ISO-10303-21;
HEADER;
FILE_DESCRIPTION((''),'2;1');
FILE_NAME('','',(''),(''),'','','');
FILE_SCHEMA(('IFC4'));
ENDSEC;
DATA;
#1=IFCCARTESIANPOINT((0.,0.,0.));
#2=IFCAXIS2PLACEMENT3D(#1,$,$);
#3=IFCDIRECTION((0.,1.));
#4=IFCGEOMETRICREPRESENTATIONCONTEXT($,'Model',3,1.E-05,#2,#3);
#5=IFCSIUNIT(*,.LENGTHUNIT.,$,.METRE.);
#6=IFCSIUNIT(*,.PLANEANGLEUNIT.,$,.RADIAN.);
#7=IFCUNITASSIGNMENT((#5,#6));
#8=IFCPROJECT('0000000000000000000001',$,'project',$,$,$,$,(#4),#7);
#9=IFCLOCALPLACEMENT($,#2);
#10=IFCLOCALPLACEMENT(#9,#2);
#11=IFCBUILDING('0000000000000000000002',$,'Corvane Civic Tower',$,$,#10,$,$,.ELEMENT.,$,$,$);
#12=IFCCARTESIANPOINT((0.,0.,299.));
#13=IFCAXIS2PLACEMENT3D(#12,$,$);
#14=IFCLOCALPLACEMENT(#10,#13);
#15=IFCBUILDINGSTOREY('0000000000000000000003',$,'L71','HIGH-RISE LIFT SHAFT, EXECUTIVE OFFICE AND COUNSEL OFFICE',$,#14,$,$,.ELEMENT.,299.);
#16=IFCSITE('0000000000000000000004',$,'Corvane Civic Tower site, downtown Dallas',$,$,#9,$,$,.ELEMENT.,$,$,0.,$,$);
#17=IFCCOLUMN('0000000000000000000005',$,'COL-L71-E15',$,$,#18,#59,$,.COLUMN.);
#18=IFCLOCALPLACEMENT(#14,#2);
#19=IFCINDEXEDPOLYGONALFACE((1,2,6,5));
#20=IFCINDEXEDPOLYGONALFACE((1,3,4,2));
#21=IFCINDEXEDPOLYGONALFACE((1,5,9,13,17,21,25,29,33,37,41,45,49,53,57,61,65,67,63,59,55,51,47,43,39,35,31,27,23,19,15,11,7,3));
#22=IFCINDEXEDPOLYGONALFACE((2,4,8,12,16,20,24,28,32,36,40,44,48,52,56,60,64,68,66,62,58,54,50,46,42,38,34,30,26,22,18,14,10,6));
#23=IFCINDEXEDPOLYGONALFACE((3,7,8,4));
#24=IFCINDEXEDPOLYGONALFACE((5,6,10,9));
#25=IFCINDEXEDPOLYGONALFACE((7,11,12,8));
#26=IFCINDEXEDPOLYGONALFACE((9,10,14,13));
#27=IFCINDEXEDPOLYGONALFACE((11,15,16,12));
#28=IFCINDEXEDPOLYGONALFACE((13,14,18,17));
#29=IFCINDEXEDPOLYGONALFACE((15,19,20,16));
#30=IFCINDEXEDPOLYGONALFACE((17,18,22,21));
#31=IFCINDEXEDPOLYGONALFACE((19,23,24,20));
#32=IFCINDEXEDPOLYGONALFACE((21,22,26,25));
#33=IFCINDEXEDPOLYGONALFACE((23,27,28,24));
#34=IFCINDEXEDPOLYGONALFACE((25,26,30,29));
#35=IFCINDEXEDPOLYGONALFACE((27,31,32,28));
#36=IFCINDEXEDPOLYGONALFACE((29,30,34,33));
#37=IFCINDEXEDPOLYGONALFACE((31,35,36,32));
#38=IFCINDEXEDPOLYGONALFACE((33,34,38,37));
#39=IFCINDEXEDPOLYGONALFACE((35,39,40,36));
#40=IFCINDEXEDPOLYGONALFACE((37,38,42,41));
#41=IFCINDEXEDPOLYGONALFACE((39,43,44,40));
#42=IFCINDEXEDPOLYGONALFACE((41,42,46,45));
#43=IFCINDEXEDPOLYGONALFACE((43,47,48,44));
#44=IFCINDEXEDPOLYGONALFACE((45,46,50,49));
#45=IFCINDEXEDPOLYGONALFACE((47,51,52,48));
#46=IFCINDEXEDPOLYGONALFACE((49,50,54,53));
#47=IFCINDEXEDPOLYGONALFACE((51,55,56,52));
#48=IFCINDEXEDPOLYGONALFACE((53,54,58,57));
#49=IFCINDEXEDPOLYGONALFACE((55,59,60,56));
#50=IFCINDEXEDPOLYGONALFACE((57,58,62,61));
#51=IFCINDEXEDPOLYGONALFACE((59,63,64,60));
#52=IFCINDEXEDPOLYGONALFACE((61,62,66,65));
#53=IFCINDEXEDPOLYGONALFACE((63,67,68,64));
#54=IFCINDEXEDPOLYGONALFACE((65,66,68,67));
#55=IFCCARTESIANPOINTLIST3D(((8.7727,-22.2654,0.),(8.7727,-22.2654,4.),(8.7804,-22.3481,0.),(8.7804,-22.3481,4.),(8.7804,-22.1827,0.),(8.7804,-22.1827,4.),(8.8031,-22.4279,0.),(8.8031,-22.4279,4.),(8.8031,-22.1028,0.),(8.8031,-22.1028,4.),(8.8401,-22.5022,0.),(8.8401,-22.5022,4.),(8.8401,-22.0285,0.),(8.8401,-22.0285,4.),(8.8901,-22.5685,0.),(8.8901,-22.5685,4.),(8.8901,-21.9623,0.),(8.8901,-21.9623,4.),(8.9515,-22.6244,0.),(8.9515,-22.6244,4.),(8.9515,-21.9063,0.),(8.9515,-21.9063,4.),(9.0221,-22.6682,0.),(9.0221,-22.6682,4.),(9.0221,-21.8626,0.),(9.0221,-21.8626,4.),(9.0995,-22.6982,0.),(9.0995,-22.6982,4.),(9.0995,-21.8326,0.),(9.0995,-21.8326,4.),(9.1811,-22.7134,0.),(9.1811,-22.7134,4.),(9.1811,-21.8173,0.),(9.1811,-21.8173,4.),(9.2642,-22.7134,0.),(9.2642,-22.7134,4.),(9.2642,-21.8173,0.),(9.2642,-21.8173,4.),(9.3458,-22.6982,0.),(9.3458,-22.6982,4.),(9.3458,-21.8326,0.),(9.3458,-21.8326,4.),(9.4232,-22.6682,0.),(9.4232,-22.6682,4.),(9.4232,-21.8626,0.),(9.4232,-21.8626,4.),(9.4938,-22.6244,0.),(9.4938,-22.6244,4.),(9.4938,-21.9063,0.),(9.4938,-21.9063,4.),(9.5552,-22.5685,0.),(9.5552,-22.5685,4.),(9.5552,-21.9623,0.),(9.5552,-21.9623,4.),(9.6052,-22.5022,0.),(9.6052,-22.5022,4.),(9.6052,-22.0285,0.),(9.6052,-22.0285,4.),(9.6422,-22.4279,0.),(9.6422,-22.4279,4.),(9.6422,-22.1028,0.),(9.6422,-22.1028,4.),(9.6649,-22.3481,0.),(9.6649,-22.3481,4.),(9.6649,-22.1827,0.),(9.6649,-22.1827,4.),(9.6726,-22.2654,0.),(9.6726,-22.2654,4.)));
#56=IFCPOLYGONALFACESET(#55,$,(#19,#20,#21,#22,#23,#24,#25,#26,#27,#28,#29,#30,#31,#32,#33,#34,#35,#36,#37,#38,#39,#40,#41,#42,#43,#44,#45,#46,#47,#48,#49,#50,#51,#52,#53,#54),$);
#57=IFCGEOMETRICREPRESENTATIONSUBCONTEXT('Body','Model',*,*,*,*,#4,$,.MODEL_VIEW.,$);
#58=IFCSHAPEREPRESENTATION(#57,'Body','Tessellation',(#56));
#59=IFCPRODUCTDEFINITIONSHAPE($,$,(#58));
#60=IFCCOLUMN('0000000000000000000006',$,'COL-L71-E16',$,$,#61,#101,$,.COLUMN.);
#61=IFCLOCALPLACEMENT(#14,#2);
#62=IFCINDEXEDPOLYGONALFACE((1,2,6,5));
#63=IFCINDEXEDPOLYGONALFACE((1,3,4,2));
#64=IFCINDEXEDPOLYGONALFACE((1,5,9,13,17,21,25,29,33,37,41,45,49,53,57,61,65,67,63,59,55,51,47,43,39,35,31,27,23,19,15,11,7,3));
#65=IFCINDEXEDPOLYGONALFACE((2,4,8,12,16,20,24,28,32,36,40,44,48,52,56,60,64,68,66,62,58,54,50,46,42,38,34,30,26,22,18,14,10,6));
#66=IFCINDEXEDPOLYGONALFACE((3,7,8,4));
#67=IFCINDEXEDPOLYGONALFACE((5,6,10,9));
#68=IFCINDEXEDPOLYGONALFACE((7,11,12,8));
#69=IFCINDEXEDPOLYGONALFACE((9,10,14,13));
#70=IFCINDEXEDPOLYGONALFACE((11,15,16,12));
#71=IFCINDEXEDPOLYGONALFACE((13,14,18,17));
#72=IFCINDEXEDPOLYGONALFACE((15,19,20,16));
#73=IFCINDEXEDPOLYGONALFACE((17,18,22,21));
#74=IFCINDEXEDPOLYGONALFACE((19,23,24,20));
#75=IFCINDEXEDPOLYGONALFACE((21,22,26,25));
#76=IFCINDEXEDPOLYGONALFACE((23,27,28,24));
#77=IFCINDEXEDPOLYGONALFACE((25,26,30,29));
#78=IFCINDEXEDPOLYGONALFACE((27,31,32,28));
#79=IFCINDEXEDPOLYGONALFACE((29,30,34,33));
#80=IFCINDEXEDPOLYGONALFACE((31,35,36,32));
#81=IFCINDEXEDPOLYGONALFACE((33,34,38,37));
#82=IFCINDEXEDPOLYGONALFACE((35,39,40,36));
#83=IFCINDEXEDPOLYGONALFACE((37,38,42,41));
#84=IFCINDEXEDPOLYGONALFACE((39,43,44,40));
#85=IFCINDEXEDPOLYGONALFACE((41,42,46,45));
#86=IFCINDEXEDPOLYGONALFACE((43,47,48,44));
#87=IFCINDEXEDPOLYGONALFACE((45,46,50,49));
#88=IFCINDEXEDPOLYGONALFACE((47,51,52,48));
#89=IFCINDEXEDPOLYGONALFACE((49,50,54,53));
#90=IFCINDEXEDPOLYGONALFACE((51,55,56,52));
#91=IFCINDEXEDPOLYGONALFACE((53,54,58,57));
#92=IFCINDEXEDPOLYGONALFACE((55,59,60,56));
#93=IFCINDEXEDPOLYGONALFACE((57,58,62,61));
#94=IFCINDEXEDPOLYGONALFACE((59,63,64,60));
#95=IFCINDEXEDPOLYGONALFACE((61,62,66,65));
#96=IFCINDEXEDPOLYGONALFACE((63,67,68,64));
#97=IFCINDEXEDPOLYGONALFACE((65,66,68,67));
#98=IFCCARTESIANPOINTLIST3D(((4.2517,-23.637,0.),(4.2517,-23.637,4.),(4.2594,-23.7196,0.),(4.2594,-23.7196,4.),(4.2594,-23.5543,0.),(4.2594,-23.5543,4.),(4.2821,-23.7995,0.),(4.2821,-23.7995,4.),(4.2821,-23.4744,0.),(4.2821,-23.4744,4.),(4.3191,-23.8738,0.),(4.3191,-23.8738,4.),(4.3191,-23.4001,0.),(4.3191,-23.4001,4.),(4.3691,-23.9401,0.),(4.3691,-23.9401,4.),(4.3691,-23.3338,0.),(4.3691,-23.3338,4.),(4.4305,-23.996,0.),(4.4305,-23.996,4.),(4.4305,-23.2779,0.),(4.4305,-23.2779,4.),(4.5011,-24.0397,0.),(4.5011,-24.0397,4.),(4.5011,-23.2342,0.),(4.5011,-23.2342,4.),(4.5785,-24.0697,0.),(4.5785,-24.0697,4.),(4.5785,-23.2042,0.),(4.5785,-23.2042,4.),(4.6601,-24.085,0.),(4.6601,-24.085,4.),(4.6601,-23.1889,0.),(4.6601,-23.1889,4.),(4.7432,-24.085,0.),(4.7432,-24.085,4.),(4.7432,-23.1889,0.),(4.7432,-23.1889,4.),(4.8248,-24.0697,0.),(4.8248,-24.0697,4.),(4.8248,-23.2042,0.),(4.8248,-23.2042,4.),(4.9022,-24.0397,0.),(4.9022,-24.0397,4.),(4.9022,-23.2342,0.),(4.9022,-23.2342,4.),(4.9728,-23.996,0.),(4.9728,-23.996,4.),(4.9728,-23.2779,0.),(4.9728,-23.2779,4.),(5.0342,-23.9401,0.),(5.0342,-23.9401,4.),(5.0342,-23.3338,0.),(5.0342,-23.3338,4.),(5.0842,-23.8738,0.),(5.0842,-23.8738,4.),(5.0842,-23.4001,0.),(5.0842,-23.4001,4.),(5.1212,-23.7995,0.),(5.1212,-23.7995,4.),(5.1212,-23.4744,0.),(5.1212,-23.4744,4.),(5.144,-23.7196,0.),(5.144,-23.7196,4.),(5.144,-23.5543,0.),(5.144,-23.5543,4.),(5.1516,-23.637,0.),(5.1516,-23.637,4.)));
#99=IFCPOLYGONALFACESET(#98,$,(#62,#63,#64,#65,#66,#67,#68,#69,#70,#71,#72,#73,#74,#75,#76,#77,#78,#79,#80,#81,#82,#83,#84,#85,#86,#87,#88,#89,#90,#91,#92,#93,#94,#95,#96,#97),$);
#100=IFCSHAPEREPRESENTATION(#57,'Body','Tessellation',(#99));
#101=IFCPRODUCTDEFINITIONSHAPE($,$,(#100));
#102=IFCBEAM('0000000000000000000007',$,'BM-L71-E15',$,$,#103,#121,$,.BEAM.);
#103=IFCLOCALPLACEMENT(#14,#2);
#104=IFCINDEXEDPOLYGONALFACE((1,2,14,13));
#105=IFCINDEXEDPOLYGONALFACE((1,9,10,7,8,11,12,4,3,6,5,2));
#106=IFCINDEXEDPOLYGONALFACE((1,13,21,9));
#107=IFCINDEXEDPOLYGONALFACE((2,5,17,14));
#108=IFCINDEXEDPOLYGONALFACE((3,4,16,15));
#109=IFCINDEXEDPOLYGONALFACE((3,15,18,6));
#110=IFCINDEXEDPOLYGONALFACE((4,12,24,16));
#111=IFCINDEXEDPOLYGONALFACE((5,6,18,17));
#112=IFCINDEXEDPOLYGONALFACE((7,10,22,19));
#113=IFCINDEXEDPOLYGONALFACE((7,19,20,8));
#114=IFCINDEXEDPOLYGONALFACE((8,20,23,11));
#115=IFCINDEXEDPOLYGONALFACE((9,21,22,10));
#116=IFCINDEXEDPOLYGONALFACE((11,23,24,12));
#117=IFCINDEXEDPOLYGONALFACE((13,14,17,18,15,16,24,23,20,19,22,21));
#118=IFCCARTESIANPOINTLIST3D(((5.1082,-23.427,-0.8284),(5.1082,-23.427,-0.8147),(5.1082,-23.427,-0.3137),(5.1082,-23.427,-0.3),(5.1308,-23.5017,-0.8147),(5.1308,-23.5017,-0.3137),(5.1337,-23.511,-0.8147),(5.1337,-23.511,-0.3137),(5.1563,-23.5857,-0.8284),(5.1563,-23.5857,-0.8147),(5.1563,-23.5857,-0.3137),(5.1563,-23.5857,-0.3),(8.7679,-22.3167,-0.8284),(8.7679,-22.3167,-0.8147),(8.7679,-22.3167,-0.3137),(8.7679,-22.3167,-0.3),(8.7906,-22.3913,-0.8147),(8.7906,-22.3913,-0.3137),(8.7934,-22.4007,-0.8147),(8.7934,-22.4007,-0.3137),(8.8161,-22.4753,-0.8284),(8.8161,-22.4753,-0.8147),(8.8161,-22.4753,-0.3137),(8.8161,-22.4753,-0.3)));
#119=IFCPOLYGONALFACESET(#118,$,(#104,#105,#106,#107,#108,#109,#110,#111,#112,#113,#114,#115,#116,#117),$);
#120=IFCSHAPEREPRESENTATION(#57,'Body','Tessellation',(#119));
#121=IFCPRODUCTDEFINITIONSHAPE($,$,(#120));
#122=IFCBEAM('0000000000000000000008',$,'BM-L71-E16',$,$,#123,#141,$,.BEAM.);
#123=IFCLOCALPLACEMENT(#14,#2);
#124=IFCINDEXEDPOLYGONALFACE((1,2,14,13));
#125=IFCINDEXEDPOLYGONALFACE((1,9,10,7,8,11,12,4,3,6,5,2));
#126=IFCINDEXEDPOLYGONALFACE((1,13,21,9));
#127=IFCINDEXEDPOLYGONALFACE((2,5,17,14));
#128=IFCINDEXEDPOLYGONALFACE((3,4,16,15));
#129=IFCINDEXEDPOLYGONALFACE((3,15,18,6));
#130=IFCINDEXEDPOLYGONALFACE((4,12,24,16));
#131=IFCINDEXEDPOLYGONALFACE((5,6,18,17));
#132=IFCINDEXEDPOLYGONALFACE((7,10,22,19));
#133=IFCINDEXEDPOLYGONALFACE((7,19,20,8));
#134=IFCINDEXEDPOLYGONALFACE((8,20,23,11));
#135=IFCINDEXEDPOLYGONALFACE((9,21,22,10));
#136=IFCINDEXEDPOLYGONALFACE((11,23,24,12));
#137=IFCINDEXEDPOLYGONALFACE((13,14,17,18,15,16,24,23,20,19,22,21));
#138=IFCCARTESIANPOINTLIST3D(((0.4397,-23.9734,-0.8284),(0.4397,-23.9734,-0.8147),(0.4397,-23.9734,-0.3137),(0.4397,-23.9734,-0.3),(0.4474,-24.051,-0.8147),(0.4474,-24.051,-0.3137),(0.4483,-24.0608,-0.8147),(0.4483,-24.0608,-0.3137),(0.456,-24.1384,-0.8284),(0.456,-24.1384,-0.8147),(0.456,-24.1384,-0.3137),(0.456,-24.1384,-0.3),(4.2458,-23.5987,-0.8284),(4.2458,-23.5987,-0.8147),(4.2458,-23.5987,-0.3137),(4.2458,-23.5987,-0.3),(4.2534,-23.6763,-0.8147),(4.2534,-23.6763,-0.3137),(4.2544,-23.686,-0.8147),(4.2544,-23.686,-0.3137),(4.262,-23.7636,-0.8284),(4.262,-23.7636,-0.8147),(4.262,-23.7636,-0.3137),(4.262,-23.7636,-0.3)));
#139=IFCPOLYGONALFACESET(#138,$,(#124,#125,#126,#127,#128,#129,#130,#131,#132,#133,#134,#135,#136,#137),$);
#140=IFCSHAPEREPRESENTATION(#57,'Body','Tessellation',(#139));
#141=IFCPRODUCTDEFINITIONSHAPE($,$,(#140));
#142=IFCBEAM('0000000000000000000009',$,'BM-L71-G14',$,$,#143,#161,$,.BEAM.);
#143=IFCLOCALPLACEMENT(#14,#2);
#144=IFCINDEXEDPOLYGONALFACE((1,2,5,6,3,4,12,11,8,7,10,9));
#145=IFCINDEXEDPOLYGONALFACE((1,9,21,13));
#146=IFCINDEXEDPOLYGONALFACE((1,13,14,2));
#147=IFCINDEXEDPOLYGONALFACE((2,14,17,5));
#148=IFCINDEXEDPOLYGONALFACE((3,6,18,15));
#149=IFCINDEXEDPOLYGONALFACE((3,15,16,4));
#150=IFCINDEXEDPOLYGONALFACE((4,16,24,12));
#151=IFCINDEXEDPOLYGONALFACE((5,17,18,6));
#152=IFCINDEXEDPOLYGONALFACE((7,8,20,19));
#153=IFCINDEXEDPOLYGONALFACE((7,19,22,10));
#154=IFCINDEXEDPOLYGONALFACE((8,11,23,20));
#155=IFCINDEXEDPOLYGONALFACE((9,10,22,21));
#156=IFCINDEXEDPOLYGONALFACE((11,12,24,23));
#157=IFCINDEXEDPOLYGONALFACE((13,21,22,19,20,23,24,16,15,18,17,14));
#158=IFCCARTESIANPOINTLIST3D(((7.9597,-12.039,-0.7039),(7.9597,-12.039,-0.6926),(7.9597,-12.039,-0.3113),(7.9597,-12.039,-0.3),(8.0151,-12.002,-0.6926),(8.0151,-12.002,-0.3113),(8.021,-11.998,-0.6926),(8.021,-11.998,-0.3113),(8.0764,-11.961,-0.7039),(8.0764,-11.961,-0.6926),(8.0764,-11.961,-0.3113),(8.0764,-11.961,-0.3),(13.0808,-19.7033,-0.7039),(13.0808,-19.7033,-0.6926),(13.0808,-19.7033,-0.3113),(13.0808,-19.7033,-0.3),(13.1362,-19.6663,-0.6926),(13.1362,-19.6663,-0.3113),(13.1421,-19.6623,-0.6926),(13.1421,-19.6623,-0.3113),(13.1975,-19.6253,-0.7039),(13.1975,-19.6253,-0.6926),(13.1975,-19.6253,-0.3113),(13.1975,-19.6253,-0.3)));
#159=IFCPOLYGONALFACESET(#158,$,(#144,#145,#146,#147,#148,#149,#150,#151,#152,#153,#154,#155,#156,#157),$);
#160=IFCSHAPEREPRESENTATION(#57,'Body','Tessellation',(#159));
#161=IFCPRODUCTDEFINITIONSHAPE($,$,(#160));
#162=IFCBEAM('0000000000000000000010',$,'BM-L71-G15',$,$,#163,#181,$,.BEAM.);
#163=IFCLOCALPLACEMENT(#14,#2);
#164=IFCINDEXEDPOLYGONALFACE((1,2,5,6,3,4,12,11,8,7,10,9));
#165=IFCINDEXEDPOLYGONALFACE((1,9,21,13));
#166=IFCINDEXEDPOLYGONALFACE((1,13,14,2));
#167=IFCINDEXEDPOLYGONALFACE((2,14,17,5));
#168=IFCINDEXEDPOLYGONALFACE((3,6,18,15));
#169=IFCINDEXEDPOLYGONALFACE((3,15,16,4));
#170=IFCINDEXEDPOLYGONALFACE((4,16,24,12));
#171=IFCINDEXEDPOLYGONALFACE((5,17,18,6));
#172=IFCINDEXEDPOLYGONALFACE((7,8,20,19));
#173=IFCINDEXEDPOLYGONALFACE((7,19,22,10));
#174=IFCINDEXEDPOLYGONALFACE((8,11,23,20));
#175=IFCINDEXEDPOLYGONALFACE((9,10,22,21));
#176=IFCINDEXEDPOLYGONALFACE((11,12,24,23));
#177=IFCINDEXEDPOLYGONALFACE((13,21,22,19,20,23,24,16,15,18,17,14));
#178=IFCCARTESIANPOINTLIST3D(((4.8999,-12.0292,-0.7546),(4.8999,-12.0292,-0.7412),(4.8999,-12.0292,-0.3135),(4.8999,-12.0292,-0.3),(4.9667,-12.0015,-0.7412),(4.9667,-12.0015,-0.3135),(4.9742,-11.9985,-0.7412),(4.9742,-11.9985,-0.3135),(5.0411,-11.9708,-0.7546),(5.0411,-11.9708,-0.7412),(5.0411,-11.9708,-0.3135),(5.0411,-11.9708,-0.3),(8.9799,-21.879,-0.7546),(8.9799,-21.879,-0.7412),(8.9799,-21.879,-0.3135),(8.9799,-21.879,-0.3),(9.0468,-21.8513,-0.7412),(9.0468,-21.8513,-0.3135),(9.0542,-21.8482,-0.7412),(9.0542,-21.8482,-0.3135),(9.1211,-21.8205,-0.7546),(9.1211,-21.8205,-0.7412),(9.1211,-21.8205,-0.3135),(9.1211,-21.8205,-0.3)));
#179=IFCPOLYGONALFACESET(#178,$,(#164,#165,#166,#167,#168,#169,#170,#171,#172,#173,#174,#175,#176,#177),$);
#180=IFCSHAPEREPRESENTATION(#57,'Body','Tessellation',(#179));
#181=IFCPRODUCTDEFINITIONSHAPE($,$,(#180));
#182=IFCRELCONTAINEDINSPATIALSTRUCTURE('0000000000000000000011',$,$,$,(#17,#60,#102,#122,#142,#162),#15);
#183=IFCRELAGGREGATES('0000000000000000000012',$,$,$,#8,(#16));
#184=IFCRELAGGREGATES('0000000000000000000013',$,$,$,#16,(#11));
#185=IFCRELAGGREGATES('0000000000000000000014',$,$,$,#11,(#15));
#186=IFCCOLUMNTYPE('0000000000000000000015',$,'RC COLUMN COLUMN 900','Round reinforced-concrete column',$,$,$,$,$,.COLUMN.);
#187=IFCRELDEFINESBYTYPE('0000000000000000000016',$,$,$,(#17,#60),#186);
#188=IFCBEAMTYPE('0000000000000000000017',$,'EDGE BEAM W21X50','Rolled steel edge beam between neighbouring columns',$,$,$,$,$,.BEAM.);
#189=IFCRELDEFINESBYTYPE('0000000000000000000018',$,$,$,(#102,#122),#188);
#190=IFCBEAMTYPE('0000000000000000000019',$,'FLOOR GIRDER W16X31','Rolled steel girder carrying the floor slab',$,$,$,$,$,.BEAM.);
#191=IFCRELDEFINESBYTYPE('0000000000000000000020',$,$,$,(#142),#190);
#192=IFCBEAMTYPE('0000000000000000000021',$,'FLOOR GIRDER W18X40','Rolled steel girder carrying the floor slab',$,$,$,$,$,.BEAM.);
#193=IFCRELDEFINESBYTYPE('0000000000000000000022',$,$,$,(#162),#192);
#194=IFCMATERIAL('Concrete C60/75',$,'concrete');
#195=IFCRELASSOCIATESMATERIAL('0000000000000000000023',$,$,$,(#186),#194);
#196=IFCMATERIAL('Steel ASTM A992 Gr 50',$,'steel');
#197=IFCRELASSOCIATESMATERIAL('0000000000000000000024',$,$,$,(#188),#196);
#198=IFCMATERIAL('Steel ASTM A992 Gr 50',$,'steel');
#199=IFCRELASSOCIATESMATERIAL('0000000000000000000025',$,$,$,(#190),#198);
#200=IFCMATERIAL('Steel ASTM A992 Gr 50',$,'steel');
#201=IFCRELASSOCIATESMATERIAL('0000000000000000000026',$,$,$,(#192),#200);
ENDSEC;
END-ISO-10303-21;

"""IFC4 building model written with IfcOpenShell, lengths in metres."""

from ifc_helpers import new_model, si_unit, direction, frame, origin, origin_2d, place, context, subcontext, project, spatial, circle, i_section, extrude, material, material_profile, profile_set, type_object, element, save


model = new_model("IFC4")

# Units and contexts
model_context = context("Model", 3, precision=1e-05, world=origin(), true_north=direction((0.0, 1.0)))
body_context = subcontext(model_context, "Body", "Model", "MODEL_VIEW")
ifc_project = project(units=[si_unit("LENGTHUNIT", "METRE"), si_unit("PLANEANGLEUNIT", "RADIAN")], contexts=[model_context])

# Site, building, storey
site_placement = place(None, origin())
site = spatial("IfcSite", under=ifc_project, at=site_placement, Name="Corvane Civic Tower site, downtown Dallas", CompositionType="ELEMENT", RefElevation=0.0)
building_placement = place(site_placement, origin())
building = spatial("IfcBuilding", under=site, at=building_placement, Name="Corvane Civic Tower", CompositionType="ELEMENT")
storey_placement = place(building_placement, frame((0.0, 0.0, 299.0)))
storey = spatial("IfcBuildingStorey", under=building, at=storey_placement, Name="L71", Description="HIGH-RISE LIFT SHAFT, EXECUTIVE OFFICE AND COUNSEL OFFICE", CompositionType="ELEMENT", Elevation=299.0)

# Columns
ifc_material_1 = material(Name="Concrete C60/75", Category="concrete")
ifc_material_profile_1 = material_profile(ifc_material_1, circle(Radius=0.45, at=origin_2d()), Name="COLUMN 900")
ifc_profile_set_1 = profile_set([ifc_material_profile_1], Name="Concrete C60/75")
column_type = type_object("IfcColumnType", Name="RC COLUMN COLUMN 900", Description="Round reinforced-concrete column", PredefinedType="COLUMN", material=ifc_profile_set_1)
for number, where, z_axis, x_axis, name in (
    (1, (9.2227, -22.2654, 0.0), (0.0, 0.0, 1.0), (1.0, 0.0, 0.0), "COL-L71-E15"),
    (2, (4.7017, -23.637, 0.0), (0.0, 0.0, 1.0), (1.0, 0.0, 0.0), "COL-L71-E16"),
):
    element("IfcColumn", number, at=place(storey_placement, frame(where, z_axis=z_axis, x_axis=x_axis)), inside=storey, type_object=column_type, Name=name, PredefinedType="COLUMN", context=body_context, shape_type="SweptSolid", body=[
        extrude(circle(Radius=0.45, at=origin_2d()), origin(), (0.0, 0.0, 1.0), 4.0),
    ])

# Beams
ifc_material_2 = material(Name="Steel ASTM A992 Gr 50", Category="steel")
ifc_material_profile_2 = material_profile(ifc_material_2, i_section(OverallWidth=0.1658, OverallDepth=0.5283, WebThickness=0.0098, FlangeThickness=0.0137, at=origin_2d()), Name="W21X50")
ifc_profile_set_2 = profile_set([ifc_material_profile_2], Name="Steel ASTM A992 Gr 50")
beam_type_1 = type_object("IfcBeamType", Name="EDGE BEAM W21X50", Description="Rolled steel edge beam between neighbouring columns", PredefinedType="BEAM", material=ifc_profile_set_2)
for number, where, z_axis, x_axis, name in (
    (3, (8.792, -22.396, -0.5642), (-0.956926, -0.290333, 0.0), (0.290333, -0.956926, 0.0), "BM-L71-E15"),
    (4, (4.2539, -23.6812, -0.5642), (-0.995188, -0.097987, 0.0), (0.097987, -0.995188, 0.0), "BM-L71-E16"),
):
    element("IfcBeam", number, at=place(storey_placement, frame(where, z_axis=z_axis, x_axis=x_axis)), inside=storey, type_object=beam_type_1, Name=name, PredefinedType="BEAM", context=body_context, shape_type="SweptSolid", body=[
        extrude(i_section(OverallWidth=0.1658, OverallDepth=0.5283, WebThickness=0.0098, FlangeThickness=0.0137, at=origin_2d()), origin(), (0.0, 0.0, 1.0), 3.8245),
    ])
ifc_material_3 = material(Name="Steel ASTM A992 Gr 50", Category="steel")
ifc_material_profile_3 = material_profile(ifc_material_3, i_section(OverallWidth=0.1404, OverallDepth=0.4038, WebThickness=0.0071, FlangeThickness=0.0112, at=origin_2d()), Name="W16X31")
ifc_profile_set_3 = profile_set([ifc_material_profile_3], Name="Steel ASTM A992 Gr 50")
beam_type_2 = type_object("IfcBeamType", Name="FLOOR GIRDER W16X31", Description="Rolled steel girder carrying the floor slab", PredefinedType="BEAM", material=ifc_profile_set_3)
beam_1_placement = place(storey_placement, frame((8.0181, -12.0, -0.502), z_axis=(0.555568, -0.831471, 0.0), x_axis=(0.831471, 0.555568, 0.0)))
element("IfcBeam", 5, at=beam_1_placement, inside=storey, type_object=beam_type_2, Name="BM-L71-G14", PredefinedType="BEAM", context=body_context, shape_type="SweptSolid", body=[
    extrude(i_section(OverallWidth=0.1404, OverallDepth=0.4038, WebThickness=0.0071, FlangeThickness=0.0112, at=origin_2d()), origin(), (0.0, 0.0, 1.0), 9.2178),
])
ifc_material_4 = material(Name="Steel ASTM A992 Gr 50", Category="steel")
ifc_material_profile_4 = material_profile(ifc_material_4, i_section(OverallWidth=0.1528, OverallDepth=0.4546, WebThickness=0.0081, FlangeThickness=0.0134, at=origin_2d()), Name="W18X40")
ifc_profile_set_4 = profile_set([ifc_material_profile_4], Name="Steel ASTM A992 Gr 50")
beam_type_3 = type_object("IfcBeamType", Name="FLOOR GIRDER W18X40", Description="Rolled steel girder carrying the floor slab", PredefinedType="BEAM", material=ifc_profile_set_4)
beam_2_placement = place(storey_placement, frame((4.9705, -12.0, -0.5273), z_axis=(0.382694, -0.923875, 0.0), x_axis=(0.923875, 0.382694, 0.0)))
element("IfcBeam", 6, at=beam_2_placement, inside=storey, type_object=beam_type_3, Name="BM-L71-G15", PredefinedType="BEAM", context=body_context, shape_type="SweptSolid", body=[
    extrude(i_section(OverallWidth=0.1528, OverallDepth=0.4546, WebThickness=0.0081, FlangeThickness=0.0134, at=origin_2d()), origin(), (0.0, 0.0, 1.0), 10.6614),
])

save(model, "model.ifc")
